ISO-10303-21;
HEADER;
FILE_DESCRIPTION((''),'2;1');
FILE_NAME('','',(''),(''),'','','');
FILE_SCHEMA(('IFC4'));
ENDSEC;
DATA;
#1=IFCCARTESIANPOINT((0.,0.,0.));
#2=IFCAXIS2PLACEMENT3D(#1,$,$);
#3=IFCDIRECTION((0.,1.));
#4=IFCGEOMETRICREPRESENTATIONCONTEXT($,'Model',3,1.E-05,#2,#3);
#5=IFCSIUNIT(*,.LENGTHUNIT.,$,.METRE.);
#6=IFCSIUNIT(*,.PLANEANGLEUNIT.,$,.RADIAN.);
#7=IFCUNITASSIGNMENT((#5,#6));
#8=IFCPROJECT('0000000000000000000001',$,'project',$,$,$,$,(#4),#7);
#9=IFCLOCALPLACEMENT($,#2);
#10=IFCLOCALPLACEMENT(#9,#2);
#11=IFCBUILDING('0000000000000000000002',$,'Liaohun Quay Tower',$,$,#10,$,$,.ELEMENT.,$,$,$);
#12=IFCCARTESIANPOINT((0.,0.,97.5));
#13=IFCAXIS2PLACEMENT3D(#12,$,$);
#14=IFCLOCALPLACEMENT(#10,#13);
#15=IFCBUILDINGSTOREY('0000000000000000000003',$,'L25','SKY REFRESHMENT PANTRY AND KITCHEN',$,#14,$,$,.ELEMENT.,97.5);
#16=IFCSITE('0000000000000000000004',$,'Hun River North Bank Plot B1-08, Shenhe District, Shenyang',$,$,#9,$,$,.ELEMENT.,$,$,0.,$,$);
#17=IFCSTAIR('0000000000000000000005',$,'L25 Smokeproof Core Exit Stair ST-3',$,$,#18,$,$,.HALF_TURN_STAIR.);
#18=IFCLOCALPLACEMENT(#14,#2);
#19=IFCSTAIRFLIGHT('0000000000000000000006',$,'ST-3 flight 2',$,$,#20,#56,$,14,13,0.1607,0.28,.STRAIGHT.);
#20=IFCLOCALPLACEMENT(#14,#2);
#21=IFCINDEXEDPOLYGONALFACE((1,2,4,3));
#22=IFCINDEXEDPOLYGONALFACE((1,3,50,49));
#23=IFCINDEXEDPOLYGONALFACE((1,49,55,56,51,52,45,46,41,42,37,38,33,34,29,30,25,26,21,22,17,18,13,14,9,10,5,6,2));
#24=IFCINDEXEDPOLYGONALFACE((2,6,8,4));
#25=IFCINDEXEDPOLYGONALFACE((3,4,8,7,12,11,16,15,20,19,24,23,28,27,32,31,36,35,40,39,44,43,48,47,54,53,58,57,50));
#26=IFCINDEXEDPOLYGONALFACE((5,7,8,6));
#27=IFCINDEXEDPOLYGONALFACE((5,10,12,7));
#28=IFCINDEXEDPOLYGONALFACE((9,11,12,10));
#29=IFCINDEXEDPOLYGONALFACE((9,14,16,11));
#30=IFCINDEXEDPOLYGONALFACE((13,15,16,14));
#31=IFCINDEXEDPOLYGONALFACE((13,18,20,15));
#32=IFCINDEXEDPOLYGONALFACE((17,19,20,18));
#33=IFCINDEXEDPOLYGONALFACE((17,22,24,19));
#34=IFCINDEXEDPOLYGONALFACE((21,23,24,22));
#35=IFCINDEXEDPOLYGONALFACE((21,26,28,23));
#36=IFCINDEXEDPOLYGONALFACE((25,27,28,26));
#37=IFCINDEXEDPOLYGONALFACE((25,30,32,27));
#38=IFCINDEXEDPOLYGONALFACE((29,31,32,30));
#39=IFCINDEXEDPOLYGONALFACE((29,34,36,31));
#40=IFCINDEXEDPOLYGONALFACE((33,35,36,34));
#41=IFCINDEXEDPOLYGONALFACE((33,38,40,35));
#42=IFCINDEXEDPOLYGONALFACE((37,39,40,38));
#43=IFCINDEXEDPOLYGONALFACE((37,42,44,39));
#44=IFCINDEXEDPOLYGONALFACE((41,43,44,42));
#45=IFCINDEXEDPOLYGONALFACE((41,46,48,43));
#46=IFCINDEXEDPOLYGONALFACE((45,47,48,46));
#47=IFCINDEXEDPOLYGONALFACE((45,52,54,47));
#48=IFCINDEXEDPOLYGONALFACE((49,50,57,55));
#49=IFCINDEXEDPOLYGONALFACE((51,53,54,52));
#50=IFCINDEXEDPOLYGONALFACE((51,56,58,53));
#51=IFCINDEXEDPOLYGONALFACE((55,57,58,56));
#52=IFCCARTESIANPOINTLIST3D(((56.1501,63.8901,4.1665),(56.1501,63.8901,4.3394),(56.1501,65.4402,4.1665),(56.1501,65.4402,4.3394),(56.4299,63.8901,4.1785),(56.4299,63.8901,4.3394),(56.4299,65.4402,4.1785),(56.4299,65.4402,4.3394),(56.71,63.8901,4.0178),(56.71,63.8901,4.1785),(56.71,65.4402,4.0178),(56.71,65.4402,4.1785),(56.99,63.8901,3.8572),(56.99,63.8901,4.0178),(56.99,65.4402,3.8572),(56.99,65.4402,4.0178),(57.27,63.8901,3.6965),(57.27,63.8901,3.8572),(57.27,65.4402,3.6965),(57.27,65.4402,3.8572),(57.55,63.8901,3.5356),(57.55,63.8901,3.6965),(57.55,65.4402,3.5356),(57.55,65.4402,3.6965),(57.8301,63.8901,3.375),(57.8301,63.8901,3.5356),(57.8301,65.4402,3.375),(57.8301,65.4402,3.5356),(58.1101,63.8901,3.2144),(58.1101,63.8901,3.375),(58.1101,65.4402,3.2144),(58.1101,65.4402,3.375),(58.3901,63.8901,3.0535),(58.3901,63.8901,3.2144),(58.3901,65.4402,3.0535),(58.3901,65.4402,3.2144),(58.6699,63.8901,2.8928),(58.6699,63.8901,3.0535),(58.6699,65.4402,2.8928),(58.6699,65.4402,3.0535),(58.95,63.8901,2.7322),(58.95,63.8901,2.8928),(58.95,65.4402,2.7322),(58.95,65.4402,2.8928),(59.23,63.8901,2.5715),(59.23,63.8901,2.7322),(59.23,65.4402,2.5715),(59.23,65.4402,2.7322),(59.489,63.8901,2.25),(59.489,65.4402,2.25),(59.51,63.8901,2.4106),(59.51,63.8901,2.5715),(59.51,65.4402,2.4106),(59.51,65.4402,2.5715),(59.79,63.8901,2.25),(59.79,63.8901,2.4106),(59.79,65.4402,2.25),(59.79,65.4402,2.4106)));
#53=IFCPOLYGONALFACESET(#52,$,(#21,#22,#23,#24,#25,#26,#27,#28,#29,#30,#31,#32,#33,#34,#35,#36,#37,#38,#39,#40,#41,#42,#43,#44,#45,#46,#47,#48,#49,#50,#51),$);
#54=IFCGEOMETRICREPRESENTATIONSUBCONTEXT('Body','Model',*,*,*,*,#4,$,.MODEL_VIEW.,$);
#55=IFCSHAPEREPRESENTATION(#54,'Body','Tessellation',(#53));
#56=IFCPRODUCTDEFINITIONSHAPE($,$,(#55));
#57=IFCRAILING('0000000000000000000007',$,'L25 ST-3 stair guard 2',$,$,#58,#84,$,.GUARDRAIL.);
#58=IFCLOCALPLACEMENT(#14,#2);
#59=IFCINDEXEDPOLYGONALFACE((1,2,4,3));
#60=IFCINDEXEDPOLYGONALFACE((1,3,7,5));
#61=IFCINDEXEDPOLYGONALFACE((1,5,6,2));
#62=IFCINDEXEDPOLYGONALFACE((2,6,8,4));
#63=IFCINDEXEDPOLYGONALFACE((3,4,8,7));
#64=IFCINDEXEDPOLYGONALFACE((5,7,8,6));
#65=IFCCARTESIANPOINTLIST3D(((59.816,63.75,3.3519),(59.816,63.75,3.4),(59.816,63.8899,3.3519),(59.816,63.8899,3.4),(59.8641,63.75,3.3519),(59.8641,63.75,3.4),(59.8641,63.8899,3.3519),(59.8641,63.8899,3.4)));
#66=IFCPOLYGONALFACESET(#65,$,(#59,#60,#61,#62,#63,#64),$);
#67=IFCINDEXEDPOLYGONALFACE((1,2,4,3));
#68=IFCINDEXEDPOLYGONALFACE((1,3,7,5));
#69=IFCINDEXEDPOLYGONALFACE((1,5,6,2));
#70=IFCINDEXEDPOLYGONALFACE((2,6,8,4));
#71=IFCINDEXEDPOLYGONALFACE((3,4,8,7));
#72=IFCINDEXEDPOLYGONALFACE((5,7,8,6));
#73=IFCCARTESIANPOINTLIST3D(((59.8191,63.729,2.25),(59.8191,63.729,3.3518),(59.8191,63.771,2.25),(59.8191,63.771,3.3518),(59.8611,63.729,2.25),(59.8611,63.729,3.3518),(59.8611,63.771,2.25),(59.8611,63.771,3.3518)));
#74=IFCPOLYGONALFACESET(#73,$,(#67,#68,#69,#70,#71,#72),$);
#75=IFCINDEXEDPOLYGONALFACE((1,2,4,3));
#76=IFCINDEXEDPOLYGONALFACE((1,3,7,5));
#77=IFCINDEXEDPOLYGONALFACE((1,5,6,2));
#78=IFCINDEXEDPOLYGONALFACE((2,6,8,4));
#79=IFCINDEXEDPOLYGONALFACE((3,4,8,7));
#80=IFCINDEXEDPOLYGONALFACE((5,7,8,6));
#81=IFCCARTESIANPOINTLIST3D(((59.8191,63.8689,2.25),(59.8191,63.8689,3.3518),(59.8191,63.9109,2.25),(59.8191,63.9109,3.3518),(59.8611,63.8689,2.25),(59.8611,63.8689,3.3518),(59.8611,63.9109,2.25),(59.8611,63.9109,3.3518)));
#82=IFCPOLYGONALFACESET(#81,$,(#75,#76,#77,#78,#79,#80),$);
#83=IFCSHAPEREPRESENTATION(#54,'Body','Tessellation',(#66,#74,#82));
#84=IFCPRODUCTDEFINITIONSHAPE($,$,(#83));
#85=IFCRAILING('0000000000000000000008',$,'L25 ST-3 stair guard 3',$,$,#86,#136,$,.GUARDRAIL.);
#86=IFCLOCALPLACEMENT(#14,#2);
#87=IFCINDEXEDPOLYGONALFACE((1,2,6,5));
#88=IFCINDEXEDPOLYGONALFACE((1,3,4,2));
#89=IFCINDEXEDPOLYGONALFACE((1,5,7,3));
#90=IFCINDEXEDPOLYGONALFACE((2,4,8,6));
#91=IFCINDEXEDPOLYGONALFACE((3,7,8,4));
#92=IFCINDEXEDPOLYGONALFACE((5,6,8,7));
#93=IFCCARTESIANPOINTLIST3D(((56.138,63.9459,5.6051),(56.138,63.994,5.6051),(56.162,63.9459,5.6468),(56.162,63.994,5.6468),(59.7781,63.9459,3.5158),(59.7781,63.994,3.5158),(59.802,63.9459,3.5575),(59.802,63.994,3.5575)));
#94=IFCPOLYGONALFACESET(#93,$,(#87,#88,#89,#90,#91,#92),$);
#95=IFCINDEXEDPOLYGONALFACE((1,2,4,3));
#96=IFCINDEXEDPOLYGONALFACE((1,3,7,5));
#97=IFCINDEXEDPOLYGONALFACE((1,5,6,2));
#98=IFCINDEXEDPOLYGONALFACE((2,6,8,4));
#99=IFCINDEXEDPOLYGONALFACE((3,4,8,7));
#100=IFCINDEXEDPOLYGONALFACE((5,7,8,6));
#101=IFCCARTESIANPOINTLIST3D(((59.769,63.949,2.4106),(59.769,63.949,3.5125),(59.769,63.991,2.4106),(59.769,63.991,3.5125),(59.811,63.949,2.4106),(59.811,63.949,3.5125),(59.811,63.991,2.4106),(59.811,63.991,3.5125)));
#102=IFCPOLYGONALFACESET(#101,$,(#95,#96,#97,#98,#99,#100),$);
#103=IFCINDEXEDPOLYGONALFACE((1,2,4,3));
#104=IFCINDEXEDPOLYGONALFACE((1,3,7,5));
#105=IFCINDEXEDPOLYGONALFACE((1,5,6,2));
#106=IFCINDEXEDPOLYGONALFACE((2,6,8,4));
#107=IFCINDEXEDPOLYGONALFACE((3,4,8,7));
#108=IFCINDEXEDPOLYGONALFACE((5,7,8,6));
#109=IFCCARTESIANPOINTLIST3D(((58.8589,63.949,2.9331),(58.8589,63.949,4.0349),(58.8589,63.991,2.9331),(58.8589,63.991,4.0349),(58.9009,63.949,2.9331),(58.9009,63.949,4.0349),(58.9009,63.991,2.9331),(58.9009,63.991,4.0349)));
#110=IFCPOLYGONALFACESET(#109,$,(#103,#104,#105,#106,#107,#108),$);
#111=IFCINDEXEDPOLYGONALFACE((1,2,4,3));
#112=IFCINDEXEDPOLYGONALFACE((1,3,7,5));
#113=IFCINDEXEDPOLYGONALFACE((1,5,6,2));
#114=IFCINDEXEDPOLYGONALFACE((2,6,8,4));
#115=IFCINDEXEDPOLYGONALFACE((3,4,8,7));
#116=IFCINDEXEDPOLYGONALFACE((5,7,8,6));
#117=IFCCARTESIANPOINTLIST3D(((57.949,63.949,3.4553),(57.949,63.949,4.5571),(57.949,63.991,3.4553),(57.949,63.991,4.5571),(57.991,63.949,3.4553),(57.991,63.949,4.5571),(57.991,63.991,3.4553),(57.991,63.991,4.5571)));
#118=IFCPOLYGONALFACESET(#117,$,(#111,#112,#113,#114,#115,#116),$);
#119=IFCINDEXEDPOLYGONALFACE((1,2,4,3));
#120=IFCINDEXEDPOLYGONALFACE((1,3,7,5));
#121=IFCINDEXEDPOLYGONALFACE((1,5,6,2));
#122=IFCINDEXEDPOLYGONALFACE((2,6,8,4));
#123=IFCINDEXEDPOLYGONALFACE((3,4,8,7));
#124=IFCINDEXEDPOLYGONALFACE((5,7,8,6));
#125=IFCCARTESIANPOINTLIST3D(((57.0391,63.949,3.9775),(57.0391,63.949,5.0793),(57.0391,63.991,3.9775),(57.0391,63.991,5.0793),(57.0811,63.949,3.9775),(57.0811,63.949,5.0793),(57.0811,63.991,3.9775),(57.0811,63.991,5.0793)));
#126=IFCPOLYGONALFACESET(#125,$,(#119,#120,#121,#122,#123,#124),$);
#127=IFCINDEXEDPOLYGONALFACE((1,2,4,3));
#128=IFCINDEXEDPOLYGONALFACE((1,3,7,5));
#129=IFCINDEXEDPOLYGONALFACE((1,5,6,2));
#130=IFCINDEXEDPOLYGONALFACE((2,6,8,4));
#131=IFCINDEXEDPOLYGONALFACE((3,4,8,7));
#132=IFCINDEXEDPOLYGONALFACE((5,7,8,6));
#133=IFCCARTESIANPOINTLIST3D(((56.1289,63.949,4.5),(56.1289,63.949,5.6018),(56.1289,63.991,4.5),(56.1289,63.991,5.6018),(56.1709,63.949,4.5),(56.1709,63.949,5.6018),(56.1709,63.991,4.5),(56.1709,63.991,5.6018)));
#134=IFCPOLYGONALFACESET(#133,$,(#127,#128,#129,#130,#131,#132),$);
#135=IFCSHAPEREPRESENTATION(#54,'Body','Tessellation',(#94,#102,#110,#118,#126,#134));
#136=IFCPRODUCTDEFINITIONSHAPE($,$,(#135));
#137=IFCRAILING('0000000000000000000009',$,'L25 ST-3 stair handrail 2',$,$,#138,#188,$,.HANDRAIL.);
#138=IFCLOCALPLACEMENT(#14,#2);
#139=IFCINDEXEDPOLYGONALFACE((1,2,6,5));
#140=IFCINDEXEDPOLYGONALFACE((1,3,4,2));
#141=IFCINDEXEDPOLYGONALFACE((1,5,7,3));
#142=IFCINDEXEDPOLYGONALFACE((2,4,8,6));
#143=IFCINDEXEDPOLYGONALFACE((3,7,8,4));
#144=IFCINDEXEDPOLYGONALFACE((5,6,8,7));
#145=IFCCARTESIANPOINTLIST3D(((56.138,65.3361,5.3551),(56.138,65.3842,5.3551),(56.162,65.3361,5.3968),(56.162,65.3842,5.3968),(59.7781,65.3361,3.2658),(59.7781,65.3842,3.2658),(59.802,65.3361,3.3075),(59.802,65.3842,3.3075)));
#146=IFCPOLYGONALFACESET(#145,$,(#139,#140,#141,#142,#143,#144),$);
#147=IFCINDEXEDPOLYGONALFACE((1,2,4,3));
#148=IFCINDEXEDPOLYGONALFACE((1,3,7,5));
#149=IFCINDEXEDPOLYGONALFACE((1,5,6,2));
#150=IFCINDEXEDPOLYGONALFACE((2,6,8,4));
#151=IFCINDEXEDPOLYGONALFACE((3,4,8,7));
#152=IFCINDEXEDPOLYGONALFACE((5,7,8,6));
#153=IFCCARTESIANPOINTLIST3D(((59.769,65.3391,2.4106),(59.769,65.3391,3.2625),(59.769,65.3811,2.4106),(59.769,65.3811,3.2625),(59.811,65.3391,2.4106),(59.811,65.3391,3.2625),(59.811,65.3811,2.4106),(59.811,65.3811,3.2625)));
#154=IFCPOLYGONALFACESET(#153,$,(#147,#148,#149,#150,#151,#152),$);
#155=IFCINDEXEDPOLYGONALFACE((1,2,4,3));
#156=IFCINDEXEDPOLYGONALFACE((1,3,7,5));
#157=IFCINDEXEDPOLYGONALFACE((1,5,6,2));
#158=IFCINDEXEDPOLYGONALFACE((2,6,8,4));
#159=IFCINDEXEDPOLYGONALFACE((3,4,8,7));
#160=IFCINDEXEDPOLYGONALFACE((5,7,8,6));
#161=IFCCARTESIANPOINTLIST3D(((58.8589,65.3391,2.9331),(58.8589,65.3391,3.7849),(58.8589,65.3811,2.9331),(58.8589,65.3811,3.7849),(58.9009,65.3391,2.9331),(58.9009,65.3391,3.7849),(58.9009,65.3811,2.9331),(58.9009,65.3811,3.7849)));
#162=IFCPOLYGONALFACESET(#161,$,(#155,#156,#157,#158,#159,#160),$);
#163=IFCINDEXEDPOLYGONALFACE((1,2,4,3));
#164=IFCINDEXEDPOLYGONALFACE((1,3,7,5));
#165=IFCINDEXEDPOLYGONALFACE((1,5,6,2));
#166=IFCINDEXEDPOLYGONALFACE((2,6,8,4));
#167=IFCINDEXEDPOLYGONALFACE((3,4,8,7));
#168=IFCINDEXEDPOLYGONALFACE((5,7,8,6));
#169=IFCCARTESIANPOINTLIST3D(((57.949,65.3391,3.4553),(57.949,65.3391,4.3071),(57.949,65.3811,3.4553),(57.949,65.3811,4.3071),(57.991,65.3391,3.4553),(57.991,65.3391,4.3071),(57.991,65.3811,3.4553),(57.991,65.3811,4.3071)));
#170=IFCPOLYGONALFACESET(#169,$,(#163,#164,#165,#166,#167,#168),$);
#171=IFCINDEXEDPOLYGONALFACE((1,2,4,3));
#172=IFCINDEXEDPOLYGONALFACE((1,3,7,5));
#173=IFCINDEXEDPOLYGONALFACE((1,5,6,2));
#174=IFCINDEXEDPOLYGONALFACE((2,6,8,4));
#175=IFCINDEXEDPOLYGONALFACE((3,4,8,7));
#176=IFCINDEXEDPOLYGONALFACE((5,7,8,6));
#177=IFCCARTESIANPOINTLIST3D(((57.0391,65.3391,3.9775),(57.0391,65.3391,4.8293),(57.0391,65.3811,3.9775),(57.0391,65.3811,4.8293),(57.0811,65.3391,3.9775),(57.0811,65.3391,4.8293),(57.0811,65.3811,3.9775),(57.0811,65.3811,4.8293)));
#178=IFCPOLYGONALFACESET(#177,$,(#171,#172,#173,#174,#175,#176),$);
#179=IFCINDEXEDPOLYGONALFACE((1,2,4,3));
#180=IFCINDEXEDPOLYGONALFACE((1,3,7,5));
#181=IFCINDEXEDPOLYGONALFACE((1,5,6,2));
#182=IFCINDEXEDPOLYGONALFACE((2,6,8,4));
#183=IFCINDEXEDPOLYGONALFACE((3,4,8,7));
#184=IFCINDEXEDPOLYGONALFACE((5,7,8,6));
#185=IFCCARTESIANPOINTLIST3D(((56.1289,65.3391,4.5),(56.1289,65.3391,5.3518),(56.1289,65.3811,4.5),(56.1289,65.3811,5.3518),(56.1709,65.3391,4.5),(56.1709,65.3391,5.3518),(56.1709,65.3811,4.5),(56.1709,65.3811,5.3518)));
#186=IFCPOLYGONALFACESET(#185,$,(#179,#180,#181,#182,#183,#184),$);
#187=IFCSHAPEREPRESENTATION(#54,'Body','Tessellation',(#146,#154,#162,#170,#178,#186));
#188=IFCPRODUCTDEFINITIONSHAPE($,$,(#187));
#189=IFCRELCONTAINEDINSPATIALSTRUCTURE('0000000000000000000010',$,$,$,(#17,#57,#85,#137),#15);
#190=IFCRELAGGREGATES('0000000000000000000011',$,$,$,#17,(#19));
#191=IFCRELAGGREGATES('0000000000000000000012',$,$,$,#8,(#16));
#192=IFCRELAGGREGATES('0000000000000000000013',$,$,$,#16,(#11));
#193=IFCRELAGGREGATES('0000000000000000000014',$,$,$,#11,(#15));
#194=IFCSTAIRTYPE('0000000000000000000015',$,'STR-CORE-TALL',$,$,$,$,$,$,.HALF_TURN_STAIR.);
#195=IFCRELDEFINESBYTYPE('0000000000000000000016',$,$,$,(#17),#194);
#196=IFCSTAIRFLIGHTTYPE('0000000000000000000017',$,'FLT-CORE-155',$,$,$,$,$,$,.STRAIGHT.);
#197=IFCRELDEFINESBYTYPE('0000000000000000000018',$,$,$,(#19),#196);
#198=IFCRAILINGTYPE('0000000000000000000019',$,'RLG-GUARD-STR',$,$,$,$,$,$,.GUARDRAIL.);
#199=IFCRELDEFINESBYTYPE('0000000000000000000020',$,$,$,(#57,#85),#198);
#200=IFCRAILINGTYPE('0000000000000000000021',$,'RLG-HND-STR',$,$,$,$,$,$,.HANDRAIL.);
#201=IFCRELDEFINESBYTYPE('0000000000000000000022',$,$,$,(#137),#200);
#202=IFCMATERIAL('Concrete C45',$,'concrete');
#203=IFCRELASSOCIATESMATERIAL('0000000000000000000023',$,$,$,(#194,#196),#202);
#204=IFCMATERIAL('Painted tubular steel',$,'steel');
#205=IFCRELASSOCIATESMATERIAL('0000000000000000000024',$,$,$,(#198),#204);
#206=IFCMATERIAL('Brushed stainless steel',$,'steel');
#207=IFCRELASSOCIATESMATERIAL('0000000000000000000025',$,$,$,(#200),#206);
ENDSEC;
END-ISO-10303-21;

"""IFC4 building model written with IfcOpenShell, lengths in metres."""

from ifc_helpers import new_model, si_unit, direction, frame, origin, origin_2d, place, context, subcontext, project, spatial, polyline, rectangle, outline, extrude, material, type_object, element, aggregate, save


model = new_model("IFC4")

# Units and contexts
model_context = context("Model", 3, precision=1e-05, world=origin(), true_north=direction((0.0, 1.0)))
body_context = subcontext(model_context, "Body", "Model", "MODEL_VIEW")
ifc_project = project(units=[si_unit("LENGTHUNIT", "METRE"), si_unit("PLANEANGLEUNIT", "RADIAN")], contexts=[model_context])

# Site, building, storey
site_placement = place(None, origin())
site = spatial("IfcSite", under=ifc_project, at=site_placement, Name="Hun River North Bank Plot B1-08, Shenhe District, Shenyang", CompositionType="ELEMENT", RefElevation=0.0)
building_placement = place(site_placement, origin())
building = spatial("IfcBuilding", under=site, at=building_placement, Name="Liaohun Quay Tower", CompositionType="ELEMENT")
storey_placement = place(building_placement, frame((0.0, 0.0, 97.5)))
storey = spatial("IfcBuildingStorey", under=building, at=storey_placement, Name="L25", Description="SKY REFRESHMENT PANTRY AND KITCHEN", CompositionType="ELEMENT", Elevation=97.5)

# Stair, stair flight
ifc_material_1 = material(Name="Concrete C45", Category="concrete")
stair_type = type_object("IfcStairType", Name="STR-CORE-TALL", PredefinedType="HALF_TURN_STAIR", material=ifc_material_1)
stair_placement = place(storey_placement, origin())
stair = element("IfcStair", 1, at=stair_placement, inside=storey, type_object=stair_type, Name="L25 Smokeproof Core Exit Stair ST-3", PredefinedType="HALF_TURN_STAIR")
stair_flight_type = type_object("IfcStairFlightType", Name="FLT-CORE-155", PredefinedType="STRAIGHT", material=ifc_material_1)
stair_flight_placement = place(storey_placement, frame((59.79, 64.665, 2.25), z_axis=(0.0, 0.0, 1.0), x_axis=(-1.0, 0.0, 0.0)))
stair_flight = element("IfcStairFlight", 2, at=stair_flight_placement, type_object=stair_flight_type, Name="ST-3 flight 2", NumberOfRisers=14, NumberOfTreads=13, PredefinedType="STRAIGHT", RiserHeight=0.1607, TreadLength=0.28, context=body_context, shape_type="SweptSolid", body=[
    extrude(outline(polyline([(0.0, 0.0), (0.0, 0.1606), (0.28, 0.1606), (0.28, 0.3215), (0.5601, 0.3215), (0.5601, 0.4822), (0.8401, 0.4822), (0.8401, 0.6428), (1.1201, 0.6428), (1.1201, 0.8035), (1.3999, 0.8035), (1.3999, 0.9644), (1.6799, 0.9644), (1.6799, 1.125), (1.96, 1.125), (1.96, 1.2856), (2.24, 1.2856), (2.24, 1.4465), (2.52, 1.4465), (2.52, 1.6072), (2.8, 1.6072), (2.8, 1.7678), (3.0801, 1.7678), (3.0801, 1.9285), (3.3601, 1.9285), (3.3601, 2.0894), (3.6399, 2.0894), (3.6399, 2.25), (3.6399, 1.9165), (0.301, 0.0), (0.0, 0.0)])), frame((0.0, 0.7749, 0.0), z_axis=(0.0, -1.0, 0.0), x_axis=(1.0, 0.0, 0.0)), (0.0, 0.0, 1.0), 1.55),
])
aggregate(stair, [stair_flight])

# Railings
ifc_material_2 = material(Name="Painted tubular steel", Category="steel")
railing_type_1 = type_object("IfcRailingType", Name="RLG-GUARD-STR", PredefinedType="GUARDRAIL", material=ifc_material_2)
railing_1_placement = place(storey_placement, frame((59.8401, 63.75, 2.25)))
element("IfcRailing", 3, at=railing_1_placement, inside=storey, type_object=railing_type_1, Name="L25 ST-3 stair guard 2", PredefinedType="GUARDRAIL", context=body_context, shape_type="SweptSolid", body=[
    extrude(rectangle(XDim=0.0481, YDim=0.0481, at=origin_2d()), frame((0.0, 0.0, 1.126), z_axis=(0.0, 1.0, 0.0), x_axis=(-1.0, 0.0, 0.0)), (0.0, 0.0, 1.0), 0.1399),
    extrude(rectangle(XDim=0.042, YDim=0.042, at=origin_2d()), origin(), (0.0, 0.0, 1.0), 1.1018),
    extrude(rectangle(XDim=0.042, YDim=0.042, at=origin_2d()), frame((0.0, 0.1399, 0.0)), (0.0, 0.0, 1.0), 1.1018),
])
railing_2_placement = place(storey_placement, frame((59.79, 63.97, 2.4106)))
element("IfcRailing", 4, at=railing_2_placement, inside=storey, type_object=railing_type_1, Name="L25 ST-3 stair guard 3", PredefinedType="GUARDRAIL", context=body_context, shape_type="SweptSolid", body=[
    extrude(rectangle(XDim=0.0481, YDim=0.0481, at=origin_2d()), frame((0.0, 0.0, 1.126), z_axis=(-0.867289, 0.0, 0.497804), x_axis=(0.0, -1.0, 0.0)), (0.0, 0.0, 1.0), 4.197),
    extrude(rectangle(XDim=0.042, YDim=0.042, at=origin_2d()), origin(), (0.0, 0.0, 1.0), 1.1018),
    extrude(rectangle(XDim=0.042, YDim=0.042, at=origin_2d()), frame((-0.9102, 0.0, 0.5225)), (0.0, 0.0, 1.0), 1.1018),
    extrude(rectangle(XDim=0.042, YDim=0.042, at=origin_2d()), frame((-1.8201, 0.0, 1.0447)), (0.0, 0.0, 1.0), 1.1018),
    extrude(rectangle(XDim=0.042, YDim=0.042, at=origin_2d()), frame((-2.73, 0.0, 1.5669)), (0.0, 0.0, 1.0), 1.1018),
    extrude(rectangle(XDim=0.042, YDim=0.042, at=origin_2d()), frame((-3.6401, 0.0, 2.0894)), (0.0, 0.0, 1.0), 1.1018),
])
ifc_material_3 = material(Name="Brushed stainless steel", Category="steel")
railing_type_2 = type_object("IfcRailingType", Name="RLG-HND-STR", PredefinedType="HANDRAIL", material=ifc_material_3)
railing_3_placement = place(storey_placement, frame((59.79, 65.3601, 2.4106)))
element("IfcRailing", 5, at=railing_3_placement, inside=storey, type_object=railing_type_2, Name="L25 ST-3 stair handrail 2", PredefinedType="HANDRAIL", context=body_context, shape_type="SweptSolid", body=[
    extrude(rectangle(XDim=0.0481, YDim=0.0481, at=origin_2d()), frame((0.0, 0.0, 0.876), z_axis=(-0.867289, 0.0, 0.497804), x_axis=(0.0, -1.0, 0.0)), (0.0, 0.0, 1.0), 4.197),
    extrude(rectangle(XDim=0.042, YDim=0.042, at=origin_2d()), origin(), (0.0, 0.0, 1.0), 0.8518),
    extrude(rectangle(XDim=0.042, YDim=0.042, at=origin_2d()), frame((-0.9102, 0.0, 0.5225)), (0.0, 0.0, 1.0), 0.8518),
    extrude(rectangle(XDim=0.042, YDim=0.042, at=origin_2d()), frame((-1.8201, 0.0, 1.0447)), (0.0, 0.0, 1.0), 0.8518),
    extrude(rectangle(XDim=0.042, YDim=0.042, at=origin_2d()), frame((-2.73, 0.0, 1.5669)), (0.0, 0.0, 1.0), 0.8518),
    extrude(rectangle(XDim=0.042, YDim=0.042, at=origin_2d()), frame((-3.6401, 0.0, 2.0894)), (0.0, 0.0, 1.0), 0.8518),
])

save(model, "model.ifc")
